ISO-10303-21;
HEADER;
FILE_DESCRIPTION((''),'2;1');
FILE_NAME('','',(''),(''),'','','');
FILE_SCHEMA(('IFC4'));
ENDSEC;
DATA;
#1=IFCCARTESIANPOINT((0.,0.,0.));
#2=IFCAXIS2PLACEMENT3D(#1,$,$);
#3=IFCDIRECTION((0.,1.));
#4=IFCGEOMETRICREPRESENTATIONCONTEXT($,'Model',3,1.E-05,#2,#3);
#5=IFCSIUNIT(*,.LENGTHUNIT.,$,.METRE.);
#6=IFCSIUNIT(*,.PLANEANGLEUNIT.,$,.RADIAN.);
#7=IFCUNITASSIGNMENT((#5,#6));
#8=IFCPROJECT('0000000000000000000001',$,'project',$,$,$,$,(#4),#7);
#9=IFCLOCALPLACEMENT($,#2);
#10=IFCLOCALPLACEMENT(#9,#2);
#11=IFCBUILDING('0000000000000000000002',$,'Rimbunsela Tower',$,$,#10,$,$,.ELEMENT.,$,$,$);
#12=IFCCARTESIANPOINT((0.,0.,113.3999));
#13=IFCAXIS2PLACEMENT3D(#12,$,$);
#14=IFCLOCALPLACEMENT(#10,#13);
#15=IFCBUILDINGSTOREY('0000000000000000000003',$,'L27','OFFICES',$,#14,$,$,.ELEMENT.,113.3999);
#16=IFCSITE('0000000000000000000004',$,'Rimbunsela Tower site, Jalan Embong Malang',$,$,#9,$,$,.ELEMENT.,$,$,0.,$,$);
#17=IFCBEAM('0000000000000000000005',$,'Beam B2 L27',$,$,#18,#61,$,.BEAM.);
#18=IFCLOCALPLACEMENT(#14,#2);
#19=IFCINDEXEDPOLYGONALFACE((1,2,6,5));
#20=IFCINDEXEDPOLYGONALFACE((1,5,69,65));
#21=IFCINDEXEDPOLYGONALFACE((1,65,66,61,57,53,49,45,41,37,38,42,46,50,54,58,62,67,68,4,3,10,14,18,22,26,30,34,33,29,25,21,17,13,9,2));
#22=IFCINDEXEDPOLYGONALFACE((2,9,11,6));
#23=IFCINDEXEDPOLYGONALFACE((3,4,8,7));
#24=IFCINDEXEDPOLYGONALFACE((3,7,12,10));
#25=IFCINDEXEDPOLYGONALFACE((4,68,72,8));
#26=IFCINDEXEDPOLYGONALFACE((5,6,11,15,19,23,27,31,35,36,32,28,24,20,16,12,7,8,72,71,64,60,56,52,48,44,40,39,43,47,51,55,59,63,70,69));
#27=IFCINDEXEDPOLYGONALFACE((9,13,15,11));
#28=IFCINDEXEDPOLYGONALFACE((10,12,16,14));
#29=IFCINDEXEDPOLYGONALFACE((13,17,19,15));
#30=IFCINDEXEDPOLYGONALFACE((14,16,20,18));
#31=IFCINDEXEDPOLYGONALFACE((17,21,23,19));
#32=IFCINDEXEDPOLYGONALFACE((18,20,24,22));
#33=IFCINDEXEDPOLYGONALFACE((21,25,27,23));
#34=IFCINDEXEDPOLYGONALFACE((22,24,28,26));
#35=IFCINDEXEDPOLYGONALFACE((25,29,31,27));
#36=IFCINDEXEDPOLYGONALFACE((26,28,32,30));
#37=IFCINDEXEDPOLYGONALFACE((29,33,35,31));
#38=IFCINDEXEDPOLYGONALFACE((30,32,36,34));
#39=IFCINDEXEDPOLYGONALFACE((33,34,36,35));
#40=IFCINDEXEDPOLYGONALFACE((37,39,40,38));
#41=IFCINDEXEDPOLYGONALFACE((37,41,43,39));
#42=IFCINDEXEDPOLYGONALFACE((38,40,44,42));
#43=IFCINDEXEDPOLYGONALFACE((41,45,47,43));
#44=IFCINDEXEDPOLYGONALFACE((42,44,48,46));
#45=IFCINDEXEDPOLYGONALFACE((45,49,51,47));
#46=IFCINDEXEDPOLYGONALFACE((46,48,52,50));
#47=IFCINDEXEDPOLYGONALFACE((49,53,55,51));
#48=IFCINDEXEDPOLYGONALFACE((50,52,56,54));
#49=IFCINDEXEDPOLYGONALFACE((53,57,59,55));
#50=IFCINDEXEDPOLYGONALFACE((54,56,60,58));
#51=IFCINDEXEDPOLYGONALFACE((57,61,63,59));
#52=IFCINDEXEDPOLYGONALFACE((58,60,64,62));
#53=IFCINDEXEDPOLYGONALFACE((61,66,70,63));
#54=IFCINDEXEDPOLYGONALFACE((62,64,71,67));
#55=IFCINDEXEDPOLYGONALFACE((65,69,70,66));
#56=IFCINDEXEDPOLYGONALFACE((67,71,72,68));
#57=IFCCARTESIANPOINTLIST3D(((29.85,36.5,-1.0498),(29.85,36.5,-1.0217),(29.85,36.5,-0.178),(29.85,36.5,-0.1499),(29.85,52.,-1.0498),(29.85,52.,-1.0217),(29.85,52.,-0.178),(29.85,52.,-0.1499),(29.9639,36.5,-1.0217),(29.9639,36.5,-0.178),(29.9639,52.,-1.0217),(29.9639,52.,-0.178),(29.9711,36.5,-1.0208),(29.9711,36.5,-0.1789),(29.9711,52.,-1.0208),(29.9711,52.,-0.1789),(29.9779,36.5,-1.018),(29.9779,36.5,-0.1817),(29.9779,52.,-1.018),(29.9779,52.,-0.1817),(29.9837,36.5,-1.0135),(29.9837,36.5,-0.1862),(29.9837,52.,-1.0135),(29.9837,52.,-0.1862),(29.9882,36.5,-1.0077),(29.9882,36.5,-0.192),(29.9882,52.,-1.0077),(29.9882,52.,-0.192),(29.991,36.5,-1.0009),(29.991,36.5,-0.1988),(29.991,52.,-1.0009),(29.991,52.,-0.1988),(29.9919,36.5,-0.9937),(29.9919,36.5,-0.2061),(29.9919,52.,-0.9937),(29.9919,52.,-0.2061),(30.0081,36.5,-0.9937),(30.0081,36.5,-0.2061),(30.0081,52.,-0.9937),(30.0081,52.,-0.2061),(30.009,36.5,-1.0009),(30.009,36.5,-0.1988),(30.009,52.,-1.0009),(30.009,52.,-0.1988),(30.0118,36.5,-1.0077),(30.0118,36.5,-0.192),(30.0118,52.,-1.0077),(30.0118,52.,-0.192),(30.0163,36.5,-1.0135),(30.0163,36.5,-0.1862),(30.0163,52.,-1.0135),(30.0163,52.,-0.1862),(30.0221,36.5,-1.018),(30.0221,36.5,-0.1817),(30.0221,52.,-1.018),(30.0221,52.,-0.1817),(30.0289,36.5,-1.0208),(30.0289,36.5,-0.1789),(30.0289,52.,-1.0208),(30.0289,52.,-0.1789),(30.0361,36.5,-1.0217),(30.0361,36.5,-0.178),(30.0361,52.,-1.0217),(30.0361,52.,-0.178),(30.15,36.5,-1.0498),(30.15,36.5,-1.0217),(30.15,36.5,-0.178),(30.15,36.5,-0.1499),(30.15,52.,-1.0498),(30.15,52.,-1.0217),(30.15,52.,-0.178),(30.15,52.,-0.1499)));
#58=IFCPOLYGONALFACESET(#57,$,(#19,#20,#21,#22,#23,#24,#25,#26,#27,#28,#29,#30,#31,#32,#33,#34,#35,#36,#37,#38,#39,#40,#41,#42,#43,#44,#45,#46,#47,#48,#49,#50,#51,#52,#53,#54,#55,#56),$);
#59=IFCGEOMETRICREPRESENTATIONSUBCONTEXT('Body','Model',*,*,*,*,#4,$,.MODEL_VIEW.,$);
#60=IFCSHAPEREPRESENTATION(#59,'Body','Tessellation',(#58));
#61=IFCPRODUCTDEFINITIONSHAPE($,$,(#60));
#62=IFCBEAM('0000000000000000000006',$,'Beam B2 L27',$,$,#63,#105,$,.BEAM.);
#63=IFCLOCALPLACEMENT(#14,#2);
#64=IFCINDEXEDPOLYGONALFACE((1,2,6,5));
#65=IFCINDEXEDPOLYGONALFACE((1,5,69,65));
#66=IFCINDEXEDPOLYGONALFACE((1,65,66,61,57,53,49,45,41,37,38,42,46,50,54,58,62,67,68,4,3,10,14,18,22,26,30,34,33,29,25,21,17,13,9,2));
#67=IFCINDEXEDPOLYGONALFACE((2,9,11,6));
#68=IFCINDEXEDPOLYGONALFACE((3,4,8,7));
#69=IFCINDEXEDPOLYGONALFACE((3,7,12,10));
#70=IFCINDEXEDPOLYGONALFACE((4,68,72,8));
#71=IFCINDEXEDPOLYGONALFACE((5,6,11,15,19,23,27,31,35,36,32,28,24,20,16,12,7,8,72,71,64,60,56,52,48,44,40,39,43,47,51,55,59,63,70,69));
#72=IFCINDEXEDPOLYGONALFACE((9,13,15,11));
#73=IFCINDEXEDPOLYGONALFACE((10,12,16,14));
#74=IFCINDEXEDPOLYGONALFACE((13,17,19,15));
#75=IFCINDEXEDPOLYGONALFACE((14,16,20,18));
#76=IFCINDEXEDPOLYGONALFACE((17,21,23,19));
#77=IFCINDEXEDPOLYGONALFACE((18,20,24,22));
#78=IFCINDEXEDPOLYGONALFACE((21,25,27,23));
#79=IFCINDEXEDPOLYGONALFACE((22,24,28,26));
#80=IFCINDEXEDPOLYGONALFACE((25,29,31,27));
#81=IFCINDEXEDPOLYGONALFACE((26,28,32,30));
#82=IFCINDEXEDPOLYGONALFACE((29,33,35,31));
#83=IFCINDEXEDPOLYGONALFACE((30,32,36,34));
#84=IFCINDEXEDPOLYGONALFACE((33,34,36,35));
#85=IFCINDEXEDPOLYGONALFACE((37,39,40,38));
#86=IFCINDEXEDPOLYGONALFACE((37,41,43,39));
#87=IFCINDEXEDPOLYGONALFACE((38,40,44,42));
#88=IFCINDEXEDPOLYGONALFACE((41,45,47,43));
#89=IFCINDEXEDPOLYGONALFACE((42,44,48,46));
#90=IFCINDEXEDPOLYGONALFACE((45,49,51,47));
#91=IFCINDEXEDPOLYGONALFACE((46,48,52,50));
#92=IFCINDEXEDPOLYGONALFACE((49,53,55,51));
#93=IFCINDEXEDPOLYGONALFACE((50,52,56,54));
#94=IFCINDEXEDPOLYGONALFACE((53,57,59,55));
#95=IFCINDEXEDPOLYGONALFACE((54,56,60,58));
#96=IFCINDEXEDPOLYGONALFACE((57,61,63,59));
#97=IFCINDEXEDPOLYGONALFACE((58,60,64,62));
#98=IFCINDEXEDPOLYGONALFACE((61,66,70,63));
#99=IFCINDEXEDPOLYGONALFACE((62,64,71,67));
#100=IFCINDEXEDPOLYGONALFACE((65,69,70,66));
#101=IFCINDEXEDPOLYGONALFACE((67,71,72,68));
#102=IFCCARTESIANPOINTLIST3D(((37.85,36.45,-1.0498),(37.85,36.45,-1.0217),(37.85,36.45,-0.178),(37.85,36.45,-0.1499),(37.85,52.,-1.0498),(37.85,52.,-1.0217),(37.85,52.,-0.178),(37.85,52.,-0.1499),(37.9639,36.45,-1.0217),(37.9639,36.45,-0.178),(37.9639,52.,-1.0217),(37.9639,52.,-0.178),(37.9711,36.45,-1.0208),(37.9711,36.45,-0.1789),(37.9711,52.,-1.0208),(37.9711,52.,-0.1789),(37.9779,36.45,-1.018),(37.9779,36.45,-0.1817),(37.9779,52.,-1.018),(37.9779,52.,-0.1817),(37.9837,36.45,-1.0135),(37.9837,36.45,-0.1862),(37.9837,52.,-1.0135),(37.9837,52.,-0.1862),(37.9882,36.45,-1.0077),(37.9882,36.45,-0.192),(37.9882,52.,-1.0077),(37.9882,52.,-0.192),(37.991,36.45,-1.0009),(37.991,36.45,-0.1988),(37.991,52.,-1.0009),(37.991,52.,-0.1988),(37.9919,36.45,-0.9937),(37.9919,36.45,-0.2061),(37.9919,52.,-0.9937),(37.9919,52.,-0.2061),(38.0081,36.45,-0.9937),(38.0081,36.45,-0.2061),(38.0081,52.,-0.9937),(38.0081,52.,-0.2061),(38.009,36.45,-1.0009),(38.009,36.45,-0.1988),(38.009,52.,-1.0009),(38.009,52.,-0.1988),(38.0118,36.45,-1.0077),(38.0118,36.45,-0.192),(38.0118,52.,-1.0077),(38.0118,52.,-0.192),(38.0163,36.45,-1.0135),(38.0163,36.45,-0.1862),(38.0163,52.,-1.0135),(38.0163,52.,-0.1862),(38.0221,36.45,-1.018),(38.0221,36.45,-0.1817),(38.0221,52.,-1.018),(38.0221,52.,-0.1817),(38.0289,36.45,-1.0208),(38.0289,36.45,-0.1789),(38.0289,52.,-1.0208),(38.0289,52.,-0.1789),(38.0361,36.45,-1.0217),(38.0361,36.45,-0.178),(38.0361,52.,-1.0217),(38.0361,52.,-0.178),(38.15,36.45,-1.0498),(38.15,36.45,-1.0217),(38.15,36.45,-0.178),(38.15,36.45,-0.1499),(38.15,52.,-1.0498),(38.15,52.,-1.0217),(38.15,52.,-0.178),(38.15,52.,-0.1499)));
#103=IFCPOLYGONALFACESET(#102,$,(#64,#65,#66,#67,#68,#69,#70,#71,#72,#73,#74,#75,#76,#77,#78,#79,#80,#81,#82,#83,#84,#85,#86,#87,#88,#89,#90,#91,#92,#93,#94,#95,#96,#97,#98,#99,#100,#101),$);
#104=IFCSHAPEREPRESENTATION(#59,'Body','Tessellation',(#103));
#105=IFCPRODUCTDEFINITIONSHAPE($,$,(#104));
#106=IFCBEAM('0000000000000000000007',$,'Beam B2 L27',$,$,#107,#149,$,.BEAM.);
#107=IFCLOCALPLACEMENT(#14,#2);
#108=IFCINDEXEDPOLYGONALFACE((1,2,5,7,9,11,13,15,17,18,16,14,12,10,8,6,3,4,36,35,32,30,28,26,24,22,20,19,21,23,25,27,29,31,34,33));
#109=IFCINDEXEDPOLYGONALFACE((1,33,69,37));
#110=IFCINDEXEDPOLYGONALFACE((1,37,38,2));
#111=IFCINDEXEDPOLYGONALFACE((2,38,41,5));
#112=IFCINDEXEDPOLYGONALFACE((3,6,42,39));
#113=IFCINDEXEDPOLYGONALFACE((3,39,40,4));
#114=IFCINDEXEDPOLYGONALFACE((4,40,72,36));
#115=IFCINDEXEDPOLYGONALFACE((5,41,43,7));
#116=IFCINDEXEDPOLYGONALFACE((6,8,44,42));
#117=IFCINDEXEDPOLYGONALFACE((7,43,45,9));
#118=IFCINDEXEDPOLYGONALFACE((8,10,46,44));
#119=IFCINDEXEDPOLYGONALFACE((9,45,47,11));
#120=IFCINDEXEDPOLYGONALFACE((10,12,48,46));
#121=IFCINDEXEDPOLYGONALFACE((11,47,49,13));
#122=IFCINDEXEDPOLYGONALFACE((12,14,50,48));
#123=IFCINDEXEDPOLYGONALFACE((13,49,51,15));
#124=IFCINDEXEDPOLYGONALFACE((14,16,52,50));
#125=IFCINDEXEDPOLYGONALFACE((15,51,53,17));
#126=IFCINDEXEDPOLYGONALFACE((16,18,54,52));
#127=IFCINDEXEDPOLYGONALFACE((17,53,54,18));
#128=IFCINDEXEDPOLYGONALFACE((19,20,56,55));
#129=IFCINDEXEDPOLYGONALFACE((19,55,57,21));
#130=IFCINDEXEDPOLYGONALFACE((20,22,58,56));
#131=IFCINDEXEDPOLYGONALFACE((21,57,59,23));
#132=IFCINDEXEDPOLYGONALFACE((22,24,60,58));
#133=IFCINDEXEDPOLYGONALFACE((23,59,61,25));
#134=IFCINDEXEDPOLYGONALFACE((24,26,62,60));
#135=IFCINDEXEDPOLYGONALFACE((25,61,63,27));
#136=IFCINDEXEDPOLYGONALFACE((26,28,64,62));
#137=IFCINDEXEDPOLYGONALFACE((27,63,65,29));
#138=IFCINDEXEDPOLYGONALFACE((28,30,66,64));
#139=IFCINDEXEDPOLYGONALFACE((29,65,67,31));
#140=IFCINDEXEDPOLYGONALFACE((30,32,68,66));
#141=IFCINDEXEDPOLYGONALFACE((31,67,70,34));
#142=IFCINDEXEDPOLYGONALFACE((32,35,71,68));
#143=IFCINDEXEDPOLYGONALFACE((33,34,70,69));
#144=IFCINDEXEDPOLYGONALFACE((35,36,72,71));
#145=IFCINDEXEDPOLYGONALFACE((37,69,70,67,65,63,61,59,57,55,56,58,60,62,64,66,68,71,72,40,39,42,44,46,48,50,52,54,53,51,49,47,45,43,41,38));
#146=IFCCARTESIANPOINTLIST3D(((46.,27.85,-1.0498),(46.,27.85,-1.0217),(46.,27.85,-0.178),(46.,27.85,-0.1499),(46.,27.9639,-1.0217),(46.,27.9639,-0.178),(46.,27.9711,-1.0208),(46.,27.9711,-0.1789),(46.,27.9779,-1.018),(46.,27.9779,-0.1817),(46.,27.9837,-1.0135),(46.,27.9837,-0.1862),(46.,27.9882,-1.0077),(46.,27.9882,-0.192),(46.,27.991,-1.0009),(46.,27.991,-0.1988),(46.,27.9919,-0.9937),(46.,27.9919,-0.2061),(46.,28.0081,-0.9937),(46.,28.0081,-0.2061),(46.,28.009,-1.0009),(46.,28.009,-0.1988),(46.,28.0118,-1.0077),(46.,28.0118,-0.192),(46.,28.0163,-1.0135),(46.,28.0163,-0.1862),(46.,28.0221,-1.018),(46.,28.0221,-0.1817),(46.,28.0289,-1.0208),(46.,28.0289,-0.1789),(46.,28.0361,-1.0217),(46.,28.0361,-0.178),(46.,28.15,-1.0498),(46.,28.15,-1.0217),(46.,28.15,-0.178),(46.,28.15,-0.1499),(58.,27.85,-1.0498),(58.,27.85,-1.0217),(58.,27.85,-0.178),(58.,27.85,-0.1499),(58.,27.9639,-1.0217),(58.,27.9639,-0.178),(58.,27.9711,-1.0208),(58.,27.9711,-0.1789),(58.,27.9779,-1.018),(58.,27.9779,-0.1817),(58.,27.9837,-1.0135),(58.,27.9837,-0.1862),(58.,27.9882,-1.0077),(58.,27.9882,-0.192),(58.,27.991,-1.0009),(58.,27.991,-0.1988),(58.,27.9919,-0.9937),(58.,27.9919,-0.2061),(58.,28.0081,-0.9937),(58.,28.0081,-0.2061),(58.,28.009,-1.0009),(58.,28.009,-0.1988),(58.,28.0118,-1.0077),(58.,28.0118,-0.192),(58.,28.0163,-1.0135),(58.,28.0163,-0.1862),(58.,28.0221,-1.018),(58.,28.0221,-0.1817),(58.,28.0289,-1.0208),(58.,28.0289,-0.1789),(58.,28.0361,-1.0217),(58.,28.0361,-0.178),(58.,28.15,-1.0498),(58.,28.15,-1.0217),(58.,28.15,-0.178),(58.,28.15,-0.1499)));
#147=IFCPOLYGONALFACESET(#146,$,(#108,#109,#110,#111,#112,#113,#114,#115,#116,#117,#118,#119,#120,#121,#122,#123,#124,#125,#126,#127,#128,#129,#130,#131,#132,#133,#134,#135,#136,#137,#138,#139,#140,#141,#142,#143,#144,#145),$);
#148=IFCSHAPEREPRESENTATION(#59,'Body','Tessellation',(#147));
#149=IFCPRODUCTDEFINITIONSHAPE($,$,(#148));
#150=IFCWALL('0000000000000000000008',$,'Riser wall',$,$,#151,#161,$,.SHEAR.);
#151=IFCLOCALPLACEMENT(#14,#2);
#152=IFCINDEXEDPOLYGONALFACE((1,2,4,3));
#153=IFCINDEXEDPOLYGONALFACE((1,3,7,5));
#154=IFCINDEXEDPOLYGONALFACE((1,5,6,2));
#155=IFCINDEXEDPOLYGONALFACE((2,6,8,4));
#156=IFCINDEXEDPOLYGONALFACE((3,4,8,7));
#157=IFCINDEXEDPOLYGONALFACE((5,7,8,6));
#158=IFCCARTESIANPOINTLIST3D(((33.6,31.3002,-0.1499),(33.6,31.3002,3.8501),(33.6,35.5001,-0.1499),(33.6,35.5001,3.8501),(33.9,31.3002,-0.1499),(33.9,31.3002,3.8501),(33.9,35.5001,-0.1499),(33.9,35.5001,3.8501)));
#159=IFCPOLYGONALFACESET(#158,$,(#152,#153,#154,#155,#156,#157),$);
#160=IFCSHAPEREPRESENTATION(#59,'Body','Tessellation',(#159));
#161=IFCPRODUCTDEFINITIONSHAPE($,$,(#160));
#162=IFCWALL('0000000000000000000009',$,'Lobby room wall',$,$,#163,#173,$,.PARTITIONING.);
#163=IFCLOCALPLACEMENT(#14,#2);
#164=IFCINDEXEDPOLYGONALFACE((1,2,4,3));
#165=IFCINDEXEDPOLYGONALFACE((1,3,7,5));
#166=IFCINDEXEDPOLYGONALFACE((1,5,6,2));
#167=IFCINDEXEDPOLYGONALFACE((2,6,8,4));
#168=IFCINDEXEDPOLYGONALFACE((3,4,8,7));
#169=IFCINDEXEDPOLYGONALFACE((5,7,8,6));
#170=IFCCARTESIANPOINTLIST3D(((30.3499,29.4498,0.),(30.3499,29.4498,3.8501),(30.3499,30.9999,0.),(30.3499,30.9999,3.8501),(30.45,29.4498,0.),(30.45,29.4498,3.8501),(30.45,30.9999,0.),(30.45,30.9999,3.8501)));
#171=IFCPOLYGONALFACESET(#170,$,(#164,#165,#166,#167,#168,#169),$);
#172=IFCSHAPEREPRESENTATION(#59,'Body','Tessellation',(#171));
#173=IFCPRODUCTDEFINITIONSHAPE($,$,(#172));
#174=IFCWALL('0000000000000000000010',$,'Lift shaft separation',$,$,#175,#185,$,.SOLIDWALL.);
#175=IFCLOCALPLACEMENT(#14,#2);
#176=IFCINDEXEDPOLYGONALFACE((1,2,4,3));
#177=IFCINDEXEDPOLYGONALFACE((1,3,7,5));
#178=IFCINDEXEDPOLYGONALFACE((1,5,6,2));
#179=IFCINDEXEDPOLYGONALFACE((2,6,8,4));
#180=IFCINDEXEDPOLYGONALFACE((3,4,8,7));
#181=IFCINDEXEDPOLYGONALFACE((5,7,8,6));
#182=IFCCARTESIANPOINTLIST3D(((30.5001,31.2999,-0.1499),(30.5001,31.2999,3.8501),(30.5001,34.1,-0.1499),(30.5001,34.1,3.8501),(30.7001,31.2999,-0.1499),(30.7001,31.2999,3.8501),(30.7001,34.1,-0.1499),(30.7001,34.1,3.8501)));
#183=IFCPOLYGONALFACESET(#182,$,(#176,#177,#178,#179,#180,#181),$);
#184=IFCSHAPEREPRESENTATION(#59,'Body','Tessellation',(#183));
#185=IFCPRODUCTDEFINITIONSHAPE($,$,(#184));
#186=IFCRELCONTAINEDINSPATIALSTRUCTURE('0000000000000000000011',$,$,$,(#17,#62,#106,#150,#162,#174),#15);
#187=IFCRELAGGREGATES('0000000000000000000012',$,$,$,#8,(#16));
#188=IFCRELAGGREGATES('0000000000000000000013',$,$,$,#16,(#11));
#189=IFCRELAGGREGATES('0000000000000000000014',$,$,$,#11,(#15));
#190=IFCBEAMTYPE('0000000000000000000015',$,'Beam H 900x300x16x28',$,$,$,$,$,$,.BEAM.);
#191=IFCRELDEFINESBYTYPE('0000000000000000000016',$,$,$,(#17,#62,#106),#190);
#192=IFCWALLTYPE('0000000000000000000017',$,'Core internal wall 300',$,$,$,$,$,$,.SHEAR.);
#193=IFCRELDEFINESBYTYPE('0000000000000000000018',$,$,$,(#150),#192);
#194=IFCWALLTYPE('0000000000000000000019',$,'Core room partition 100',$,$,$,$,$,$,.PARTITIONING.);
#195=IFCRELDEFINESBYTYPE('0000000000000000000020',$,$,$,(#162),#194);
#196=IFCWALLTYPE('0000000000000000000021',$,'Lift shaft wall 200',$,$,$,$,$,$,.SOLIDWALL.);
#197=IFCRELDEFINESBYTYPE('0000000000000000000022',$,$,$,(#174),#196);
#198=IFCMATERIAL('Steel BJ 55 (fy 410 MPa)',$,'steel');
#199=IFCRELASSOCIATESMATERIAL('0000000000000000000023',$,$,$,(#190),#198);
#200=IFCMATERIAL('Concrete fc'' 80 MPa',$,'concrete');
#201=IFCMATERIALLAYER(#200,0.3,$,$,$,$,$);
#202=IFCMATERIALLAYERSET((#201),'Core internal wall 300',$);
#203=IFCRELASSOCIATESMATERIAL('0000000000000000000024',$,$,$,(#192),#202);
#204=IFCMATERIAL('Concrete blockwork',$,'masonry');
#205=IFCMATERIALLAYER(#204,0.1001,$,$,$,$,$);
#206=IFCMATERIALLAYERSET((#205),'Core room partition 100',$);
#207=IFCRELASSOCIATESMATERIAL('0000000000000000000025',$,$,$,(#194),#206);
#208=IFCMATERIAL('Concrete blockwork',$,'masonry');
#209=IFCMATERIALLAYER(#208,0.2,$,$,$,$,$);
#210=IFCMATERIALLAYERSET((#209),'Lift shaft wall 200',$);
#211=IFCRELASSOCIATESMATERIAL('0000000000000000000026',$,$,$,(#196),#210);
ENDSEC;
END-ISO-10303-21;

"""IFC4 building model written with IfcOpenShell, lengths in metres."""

from ifc_helpers import new_model, si_unit, direction, frame, frame_2d, origin, origin_2d, place, context, subcontext, project, spatial, rectangle, i_section, extrude, material, layer, layer_set, material_profile, profile_set, type_object, element, save


model = new_model("IFC4")

# Units and contexts
model_context = context("Model", 3, precision=1e-05, world=origin(), true_north=direction((0.0, 1.0)))
body_context = subcontext(model_context, "Body", "Model", "MODEL_VIEW")
ifc_project = project(units=[si_unit("LENGTHUNIT", "METRE"), si_unit("PLANEANGLEUNIT", "RADIAN")], contexts=[model_context])

# Site, building, storey
site_placement = place(None, origin())
site = spatial("IfcSite", under=ifc_project, at=site_placement, Name="Rimbunsela Tower site, Jalan Embong Malang", CompositionType="ELEMENT", RefElevation=0.0)
building_placement = place(site_placement, origin())
building = spatial("IfcBuilding", under=site, at=building_placement, Name="Rimbunsela Tower", CompositionType="ELEMENT")
storey_placement = place(building_placement, frame((0.0, 0.0, 113.3999)))
storey = spatial("IfcBuildingStorey", under=building, at=storey_placement, Name="L27", Description="OFFICES", CompositionType="ELEMENT", Elevation=113.3999)

# Beams
ifc_material_1 = material(Name="Steel BJ 55 (fy 410 MPa)", Category="steel")
ifc_material_profile_1 = material_profile(ifc_material_1, i_section(OverallWidth=0.3, OverallDepth=0.8999, WebThickness=0.0161, FlangeThickness=0.0281, FilletRadius=0.0281, at=origin_2d()), Name="H 900x300x16x28")
ifc_profile_set_1 = profile_set([ifc_material_profile_1], Name="Steel BJ 55 (fy 410 MPa)")
beam_type_1 = type_object("IfcBeamType", Name="Beam H 900x300x16x28", PredefinedType="BEAM", material=ifc_profile_set_1)
beam_1_placement = place(storey_placement, frame((30.0, 36.5, -0.5999), z_axis=(0.0, 1.0, 0.0), x_axis=(-1.0, 0.0, 0.0)))
element("IfcBeam", 1, at=beam_1_placement, inside=storey, type_object=beam_type_1, Name="Beam B2 L27", PredefinedType="BEAM", context=body_context, shape_type="SweptSolid", body=[
    extrude(i_section(OverallWidth=0.3, OverallDepth=0.8999, WebThickness=0.0161, FlangeThickness=0.0281, FilletRadius=0.0281, at=origin_2d()), origin(), (0.0, 0.0, 1.0), 15.5),
])
beam_2_placement = place(storey_placement, frame((38.0, 36.45, -0.5999), z_axis=(0.0, 1.0, 0.0), x_axis=(-1.0, 0.0, 0.0)))
element("IfcBeam", 2, at=beam_2_placement, inside=storey, type_object=beam_type_1, Name="Beam B2 L27", PredefinedType="BEAM", context=body_context, shape_type="SweptSolid", body=[
    extrude(i_section(OverallWidth=0.3, OverallDepth=0.8999, WebThickness=0.0161, FlangeThickness=0.0281, FilletRadius=0.0281, at=origin_2d()), origin(), (0.0, 0.0, 1.0), 15.55),
])
beam_3_placement = place(storey_placement, frame((46.0, 28.0, -0.5999), z_axis=(1.0, 0.0, 0.0), x_axis=(0.0, 1.0, 0.0)))
element("IfcBeam", 3, at=beam_3_placement, inside=storey, type_object=beam_type_1, Name="Beam B2 L27", PredefinedType="BEAM", context=body_context, shape_type="SweptSolid", body=[
    extrude(i_section(OverallWidth=0.3, OverallDepth=0.8999, WebThickness=0.0161, FlangeThickness=0.0281, FilletRadius=0.0281, at=origin_2d()), origin(), (0.0, 0.0, 1.0), 12.0),
])

# Walls
ifc_material_2 = material(Name="Concrete fc' 80 MPa", Category="concrete")
ifc_layer_1 = layer(ifc_material_2, 0.3)
ifc_layer_set_1 = layer_set([ifc_layer_1], Name="Core internal wall 300")
wall_type_1 = type_object("IfcWallType", Name="Core internal wall 300", PredefinedType="SHEAR", material=ifc_layer_set_1)
wall_1_placement = place(storey_placement, frame((33.75, 31.3, -0.1499), z_axis=(0.0, 0.0, 1.0), x_axis=(0.0, 1.0, 0.0)))
element("IfcWall", 4, at=wall_1_placement, inside=storey, type_object=wall_type_1, Name="Riser wall", PredefinedType="SHEAR", context=body_context, shape_type="SweptSolid", body=[
    extrude(rectangle(XDim=4.2, YDim=0.3, at=frame_2d((2.1001, 0.0))), origin(), (0.0, 0.0, 1.0), 4.0),
])
ifc_material_3 = material(Name="Concrete blockwork", Category="masonry")
ifc_layer_2 = layer(ifc_material_3, 0.1001)
ifc_layer_set_2 = layer_set([ifc_layer_2], Name="Core room partition 100")
wall_type_2 = type_object("IfcWallType", Name="Core room partition 100", PredefinedType="PARTITIONING", material=ifc_layer_set_2)
wall_2_placement = place(storey_placement, frame((30.3999, 29.45, 0.0), z_axis=(0.0, 0.0, 1.0), x_axis=(0.0, 1.0, 0.0)))
element("IfcWall", 5, at=wall_2_placement, inside=storey, type_object=wall_type_2, Name="Lobby room wall", PredefinedType="PARTITIONING", context=body_context, shape_type="SweptSolid", body=[
    extrude(rectangle(XDim=1.55, YDim=0.1001, at=frame_2d((0.7749, 0.0))), origin(), (0.0, 0.0, 1.0), 3.8501),
])
ifc_material_4 = material(Name="Concrete blockwork", Category="masonry")
ifc_layer_3 = layer(ifc_material_4, 0.2)
ifc_layer_set_3 = layer_set([ifc_layer_3], Name="Lift shaft wall 200")
wall_type_3 = type_object("IfcWallType", Name="Lift shaft wall 200", PredefinedType="SOLIDWALL", material=ifc_layer_set_3)
wall_3_placement = place(storey_placement, frame((30.6001, 31.3, -0.1499), z_axis=(0.0, 0.0, 1.0), x_axis=(0.0, 1.0, 0.0)))
element("IfcWall", 6, at=wall_3_placement, inside=storey, type_object=wall_type_3, Name="Lift shaft separation", PredefinedType="SOLIDWALL", context=body_context, shape_type="SweptSolid", body=[
    extrude(rectangle(XDim=2.8, YDim=0.2, at=frame_2d((1.3999, 0.0))), origin(), (0.0, 0.0, 1.0), 4.0),
])

save(model, "model.ifc")
